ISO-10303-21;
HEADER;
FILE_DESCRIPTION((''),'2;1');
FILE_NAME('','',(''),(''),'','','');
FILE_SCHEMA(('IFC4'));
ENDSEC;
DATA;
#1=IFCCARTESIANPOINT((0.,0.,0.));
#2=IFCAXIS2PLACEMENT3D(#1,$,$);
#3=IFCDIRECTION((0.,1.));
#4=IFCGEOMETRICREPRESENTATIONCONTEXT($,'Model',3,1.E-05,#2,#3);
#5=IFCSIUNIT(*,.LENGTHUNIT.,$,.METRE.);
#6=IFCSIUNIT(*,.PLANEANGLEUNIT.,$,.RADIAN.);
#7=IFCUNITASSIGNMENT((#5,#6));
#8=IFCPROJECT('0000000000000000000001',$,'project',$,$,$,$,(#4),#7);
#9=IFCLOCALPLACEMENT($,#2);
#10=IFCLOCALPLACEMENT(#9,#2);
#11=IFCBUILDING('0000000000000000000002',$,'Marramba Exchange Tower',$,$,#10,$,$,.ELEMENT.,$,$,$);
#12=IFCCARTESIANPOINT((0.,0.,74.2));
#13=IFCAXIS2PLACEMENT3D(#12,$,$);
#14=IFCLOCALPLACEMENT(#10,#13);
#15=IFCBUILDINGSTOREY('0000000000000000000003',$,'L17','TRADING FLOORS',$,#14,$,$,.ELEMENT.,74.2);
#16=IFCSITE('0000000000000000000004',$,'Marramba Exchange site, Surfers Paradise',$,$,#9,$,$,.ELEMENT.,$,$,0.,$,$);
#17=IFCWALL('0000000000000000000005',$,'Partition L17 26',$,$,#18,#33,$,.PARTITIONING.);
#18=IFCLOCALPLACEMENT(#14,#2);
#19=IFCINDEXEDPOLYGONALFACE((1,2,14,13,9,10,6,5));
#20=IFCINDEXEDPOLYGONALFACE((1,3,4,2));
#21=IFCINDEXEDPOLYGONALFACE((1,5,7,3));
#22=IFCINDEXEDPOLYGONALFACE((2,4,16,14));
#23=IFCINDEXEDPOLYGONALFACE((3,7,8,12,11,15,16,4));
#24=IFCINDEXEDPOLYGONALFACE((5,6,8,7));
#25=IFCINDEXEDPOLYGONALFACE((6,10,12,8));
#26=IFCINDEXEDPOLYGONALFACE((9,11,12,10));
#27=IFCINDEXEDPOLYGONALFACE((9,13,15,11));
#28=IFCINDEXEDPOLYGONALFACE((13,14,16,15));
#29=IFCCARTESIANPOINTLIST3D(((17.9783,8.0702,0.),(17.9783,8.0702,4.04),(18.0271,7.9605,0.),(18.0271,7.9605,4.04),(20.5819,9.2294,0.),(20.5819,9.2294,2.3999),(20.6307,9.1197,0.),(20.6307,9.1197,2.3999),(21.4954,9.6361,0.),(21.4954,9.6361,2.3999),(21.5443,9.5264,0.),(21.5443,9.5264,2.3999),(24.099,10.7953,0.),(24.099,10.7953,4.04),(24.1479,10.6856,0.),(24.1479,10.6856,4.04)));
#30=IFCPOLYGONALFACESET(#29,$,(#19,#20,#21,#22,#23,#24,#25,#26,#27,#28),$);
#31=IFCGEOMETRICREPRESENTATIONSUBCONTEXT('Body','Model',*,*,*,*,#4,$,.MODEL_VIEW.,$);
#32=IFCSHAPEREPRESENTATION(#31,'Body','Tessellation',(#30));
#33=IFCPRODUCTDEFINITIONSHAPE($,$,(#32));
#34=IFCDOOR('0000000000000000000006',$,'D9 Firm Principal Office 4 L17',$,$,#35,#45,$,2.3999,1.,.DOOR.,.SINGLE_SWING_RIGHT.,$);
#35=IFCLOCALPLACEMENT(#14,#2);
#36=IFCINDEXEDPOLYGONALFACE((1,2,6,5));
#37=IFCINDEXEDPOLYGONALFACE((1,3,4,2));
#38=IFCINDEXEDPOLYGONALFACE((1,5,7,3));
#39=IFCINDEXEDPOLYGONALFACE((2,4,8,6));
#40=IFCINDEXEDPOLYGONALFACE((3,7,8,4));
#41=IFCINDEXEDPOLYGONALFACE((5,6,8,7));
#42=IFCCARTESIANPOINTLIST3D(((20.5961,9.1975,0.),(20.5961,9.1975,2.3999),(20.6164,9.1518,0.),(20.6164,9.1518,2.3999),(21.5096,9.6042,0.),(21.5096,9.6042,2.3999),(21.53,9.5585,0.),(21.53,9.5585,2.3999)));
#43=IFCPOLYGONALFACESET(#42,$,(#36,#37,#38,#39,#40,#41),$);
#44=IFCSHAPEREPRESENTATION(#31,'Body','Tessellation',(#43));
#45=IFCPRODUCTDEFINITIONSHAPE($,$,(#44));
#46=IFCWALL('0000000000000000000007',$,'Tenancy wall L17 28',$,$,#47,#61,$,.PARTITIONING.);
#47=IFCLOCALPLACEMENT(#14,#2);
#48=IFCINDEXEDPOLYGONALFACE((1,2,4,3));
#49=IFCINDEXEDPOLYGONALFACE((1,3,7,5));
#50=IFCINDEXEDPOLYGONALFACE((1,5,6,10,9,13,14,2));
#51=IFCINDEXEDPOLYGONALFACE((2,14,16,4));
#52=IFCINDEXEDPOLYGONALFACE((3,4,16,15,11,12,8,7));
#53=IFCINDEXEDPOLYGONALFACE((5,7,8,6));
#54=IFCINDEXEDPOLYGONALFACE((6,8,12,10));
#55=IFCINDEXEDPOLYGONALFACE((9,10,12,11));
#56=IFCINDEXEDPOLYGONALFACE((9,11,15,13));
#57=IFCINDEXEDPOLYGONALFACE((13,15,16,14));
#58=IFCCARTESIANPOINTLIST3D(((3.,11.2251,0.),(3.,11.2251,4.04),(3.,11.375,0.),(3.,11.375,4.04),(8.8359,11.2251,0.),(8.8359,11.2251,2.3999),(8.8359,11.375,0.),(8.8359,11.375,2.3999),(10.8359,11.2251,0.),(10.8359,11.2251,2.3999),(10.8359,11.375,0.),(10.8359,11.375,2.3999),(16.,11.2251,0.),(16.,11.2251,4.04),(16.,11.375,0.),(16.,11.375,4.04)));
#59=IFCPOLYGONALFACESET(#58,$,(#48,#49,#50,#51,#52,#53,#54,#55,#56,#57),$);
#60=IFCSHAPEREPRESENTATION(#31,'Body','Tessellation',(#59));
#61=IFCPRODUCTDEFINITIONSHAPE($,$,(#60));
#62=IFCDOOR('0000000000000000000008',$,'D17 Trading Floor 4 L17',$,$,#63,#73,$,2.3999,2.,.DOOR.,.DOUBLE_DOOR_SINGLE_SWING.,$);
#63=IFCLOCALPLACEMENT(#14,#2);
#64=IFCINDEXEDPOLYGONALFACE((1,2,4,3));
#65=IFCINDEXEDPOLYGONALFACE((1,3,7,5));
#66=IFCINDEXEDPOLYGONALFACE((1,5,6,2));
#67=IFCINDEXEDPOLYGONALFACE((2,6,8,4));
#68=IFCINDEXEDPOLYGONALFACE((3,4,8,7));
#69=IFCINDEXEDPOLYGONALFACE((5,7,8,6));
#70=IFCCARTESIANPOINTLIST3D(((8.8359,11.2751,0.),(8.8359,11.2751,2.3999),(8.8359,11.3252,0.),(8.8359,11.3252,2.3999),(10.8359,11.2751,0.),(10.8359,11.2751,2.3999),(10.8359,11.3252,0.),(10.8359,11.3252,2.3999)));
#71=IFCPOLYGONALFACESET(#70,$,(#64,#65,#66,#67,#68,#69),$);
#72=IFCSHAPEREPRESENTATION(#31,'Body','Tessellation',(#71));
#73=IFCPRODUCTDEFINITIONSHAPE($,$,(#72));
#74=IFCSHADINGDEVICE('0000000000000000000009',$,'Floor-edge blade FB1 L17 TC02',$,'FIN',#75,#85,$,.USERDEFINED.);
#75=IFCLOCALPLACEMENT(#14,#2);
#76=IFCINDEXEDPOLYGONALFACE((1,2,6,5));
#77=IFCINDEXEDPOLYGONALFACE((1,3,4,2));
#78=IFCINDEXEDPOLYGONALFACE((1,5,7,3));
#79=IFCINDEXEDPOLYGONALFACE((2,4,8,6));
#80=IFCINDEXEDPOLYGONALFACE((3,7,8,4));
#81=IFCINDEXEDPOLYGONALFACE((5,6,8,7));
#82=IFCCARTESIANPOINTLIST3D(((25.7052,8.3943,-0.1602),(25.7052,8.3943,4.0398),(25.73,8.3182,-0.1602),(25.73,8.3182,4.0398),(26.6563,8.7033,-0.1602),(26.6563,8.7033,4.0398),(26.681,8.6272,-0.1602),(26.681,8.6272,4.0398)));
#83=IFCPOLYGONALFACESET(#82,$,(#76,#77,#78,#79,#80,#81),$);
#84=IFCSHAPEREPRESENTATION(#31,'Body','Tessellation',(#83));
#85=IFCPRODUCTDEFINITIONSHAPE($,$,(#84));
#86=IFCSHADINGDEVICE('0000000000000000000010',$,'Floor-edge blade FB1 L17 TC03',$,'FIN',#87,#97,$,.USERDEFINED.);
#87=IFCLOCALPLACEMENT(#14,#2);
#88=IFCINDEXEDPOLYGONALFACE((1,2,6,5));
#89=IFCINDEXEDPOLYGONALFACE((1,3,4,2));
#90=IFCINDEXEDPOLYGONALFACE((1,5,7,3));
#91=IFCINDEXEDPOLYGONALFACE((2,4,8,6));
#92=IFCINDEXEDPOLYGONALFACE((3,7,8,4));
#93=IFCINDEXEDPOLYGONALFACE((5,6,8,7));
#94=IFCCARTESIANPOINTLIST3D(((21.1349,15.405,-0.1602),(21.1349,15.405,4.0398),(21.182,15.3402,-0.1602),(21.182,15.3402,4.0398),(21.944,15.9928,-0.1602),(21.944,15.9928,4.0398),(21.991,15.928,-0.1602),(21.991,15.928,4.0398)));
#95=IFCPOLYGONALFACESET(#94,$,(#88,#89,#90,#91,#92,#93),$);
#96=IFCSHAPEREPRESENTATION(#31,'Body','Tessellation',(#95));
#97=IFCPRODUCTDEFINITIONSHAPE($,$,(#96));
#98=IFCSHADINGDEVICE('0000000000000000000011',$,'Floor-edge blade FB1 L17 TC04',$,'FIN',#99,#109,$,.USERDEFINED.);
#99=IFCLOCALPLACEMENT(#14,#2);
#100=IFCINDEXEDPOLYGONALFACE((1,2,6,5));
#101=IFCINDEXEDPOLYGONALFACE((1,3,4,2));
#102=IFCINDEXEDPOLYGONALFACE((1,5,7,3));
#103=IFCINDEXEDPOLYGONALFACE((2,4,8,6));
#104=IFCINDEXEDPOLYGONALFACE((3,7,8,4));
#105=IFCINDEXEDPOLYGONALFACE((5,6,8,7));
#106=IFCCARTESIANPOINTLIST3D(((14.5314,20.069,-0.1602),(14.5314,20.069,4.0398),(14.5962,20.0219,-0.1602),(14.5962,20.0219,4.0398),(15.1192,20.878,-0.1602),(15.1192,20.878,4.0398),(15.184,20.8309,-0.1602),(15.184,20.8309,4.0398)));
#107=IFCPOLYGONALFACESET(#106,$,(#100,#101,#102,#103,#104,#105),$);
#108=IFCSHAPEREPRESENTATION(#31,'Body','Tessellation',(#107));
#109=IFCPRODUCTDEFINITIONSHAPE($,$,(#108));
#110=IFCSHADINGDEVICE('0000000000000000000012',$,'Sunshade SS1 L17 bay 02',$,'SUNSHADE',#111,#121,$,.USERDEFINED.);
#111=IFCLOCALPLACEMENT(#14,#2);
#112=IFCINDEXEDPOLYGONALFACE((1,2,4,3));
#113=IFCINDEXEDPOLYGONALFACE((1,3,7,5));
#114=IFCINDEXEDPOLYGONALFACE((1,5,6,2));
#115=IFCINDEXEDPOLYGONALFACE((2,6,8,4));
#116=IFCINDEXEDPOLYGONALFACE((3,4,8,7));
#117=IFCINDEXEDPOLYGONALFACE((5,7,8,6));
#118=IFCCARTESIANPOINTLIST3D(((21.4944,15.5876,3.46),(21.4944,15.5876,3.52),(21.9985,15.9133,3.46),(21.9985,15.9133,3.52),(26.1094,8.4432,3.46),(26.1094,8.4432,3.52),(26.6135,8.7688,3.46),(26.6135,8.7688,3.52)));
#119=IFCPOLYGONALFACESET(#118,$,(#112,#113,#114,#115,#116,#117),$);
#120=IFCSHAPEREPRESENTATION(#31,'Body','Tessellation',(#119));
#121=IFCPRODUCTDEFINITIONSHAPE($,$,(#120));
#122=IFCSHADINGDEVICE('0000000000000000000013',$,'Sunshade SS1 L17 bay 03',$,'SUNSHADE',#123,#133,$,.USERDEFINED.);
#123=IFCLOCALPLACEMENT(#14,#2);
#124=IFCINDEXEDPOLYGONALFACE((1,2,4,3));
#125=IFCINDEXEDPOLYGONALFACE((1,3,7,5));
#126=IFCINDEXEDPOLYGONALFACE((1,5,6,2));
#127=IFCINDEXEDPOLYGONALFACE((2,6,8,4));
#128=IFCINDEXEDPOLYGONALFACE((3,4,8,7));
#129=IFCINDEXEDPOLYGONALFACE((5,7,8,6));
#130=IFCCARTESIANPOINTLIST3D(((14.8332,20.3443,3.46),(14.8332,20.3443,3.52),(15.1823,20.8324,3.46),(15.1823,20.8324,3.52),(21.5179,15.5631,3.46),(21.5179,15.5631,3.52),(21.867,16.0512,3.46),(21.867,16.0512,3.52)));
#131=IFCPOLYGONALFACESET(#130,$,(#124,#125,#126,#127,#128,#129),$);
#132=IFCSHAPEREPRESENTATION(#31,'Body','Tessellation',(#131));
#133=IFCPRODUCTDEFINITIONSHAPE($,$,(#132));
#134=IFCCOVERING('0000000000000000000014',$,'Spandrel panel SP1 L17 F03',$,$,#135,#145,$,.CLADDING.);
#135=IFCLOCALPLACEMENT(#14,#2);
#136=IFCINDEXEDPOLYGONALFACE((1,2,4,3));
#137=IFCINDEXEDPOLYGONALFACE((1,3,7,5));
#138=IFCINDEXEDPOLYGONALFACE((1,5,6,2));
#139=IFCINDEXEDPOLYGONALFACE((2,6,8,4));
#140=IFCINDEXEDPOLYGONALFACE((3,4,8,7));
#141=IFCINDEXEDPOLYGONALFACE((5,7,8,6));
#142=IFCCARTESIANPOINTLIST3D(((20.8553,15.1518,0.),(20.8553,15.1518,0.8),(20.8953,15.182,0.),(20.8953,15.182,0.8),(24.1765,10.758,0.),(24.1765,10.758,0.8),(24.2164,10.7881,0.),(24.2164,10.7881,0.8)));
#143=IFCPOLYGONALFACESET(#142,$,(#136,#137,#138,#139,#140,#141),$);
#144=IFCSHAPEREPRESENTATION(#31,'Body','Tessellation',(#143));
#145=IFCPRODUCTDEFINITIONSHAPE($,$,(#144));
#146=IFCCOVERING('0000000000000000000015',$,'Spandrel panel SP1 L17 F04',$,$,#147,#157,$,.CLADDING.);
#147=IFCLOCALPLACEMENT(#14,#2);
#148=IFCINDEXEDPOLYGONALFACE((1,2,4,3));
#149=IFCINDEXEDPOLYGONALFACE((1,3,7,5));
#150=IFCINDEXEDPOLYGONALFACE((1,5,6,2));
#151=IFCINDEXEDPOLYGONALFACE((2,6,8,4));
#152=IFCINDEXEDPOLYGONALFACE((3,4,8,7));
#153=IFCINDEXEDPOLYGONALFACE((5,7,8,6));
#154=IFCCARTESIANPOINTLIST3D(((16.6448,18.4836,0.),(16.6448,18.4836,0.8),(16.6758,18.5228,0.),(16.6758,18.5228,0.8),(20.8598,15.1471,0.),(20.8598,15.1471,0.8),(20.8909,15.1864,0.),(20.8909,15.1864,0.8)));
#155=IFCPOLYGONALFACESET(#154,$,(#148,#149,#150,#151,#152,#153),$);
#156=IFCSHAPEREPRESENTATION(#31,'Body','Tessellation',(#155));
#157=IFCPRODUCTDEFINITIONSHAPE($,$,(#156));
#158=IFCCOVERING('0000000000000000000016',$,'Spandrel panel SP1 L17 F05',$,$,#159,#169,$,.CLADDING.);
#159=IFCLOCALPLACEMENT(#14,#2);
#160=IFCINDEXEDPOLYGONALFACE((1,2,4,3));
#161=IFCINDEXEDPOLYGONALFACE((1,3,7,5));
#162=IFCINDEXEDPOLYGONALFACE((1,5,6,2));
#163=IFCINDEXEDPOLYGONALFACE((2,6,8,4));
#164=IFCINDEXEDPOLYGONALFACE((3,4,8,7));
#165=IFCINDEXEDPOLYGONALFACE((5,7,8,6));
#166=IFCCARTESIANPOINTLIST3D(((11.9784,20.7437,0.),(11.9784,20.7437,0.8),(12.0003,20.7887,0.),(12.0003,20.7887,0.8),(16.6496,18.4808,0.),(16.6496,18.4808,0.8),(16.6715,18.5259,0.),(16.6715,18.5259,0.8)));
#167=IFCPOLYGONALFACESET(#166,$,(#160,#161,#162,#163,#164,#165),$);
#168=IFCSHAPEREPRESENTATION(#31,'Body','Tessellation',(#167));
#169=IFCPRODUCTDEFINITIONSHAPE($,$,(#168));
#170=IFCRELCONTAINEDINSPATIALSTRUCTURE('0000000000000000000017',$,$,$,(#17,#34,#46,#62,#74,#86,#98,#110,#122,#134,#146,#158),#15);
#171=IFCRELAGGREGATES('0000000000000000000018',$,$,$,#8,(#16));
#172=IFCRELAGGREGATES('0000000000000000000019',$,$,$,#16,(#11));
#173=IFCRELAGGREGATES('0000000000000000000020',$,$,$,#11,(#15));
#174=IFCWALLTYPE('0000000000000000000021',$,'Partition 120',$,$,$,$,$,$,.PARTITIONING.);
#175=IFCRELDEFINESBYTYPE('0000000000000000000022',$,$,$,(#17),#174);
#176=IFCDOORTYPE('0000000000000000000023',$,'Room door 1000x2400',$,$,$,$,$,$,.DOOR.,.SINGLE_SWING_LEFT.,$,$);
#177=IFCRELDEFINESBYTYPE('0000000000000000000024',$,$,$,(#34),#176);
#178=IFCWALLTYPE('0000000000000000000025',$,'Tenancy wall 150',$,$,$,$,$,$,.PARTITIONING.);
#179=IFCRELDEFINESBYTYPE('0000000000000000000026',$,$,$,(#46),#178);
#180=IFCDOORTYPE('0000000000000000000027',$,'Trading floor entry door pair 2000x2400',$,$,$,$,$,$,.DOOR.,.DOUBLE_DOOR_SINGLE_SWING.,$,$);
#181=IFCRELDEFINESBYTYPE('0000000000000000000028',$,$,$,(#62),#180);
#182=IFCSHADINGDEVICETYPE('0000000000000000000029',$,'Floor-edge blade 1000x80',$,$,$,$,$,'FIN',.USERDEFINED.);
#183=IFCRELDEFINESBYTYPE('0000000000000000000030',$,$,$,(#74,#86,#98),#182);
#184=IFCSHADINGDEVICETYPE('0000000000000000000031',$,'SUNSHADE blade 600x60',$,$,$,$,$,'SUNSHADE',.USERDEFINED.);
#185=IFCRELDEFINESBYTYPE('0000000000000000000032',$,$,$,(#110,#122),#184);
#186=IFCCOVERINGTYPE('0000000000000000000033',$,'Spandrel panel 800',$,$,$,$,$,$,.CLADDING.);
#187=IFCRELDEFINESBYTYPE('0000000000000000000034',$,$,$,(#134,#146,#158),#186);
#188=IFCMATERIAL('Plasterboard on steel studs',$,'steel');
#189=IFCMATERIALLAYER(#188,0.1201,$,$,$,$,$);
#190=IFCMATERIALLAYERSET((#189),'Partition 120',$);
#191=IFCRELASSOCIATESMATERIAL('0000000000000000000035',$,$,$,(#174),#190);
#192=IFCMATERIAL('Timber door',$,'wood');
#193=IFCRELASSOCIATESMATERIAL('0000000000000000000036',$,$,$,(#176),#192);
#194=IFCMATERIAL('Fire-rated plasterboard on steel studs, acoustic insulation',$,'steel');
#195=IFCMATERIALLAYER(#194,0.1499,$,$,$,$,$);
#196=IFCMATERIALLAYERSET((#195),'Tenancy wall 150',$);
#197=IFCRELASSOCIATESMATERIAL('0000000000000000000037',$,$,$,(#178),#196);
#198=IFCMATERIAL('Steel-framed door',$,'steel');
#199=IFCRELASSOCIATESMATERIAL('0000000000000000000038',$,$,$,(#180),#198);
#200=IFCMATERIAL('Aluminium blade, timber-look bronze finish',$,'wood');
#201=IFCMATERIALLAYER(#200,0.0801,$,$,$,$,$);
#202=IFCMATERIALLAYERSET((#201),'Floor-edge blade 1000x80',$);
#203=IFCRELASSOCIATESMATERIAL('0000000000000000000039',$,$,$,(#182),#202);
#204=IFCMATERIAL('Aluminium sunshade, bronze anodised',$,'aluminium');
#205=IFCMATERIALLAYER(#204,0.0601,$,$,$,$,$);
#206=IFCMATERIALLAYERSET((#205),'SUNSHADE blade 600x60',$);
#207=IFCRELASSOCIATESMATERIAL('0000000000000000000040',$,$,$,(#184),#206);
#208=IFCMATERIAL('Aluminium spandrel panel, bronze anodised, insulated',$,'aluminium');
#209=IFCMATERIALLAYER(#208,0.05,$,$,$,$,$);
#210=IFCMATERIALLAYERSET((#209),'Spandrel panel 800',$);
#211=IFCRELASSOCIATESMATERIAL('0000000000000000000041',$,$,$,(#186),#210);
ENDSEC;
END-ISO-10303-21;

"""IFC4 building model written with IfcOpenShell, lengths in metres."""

from ifc_helpers import new_model, si_unit, direction, frame, frame_2d, origin, origin_2d, place, context, subcontext, project, spatial, rectangle, extrude, material, layer, layer_set, type_object, element, fill, save


model = new_model("IFC4")

# Units and contexts
model_context = context("Model", 3, precision=1e-05, world=origin(), true_north=direction((0.0, 1.0)))
body_context = subcontext(model_context, "Body", "Model", "MODEL_VIEW")
ifc_project = project(units=[si_unit("LENGTHUNIT", "METRE"), si_unit("PLANEANGLEUNIT", "RADIAN")], contexts=[model_context])

# Site, building, storey
site_placement = place(None, origin())
site = spatial("IfcSite", under=ifc_project, at=site_placement, Name="Marramba Exchange site, Surfers Paradise", CompositionType="ELEMENT", RefElevation=0.0)
building_placement = place(site_placement, origin())
building = spatial("IfcBuilding", under=site, at=building_placement, Name="Marramba Exchange Tower", CompositionType="ELEMENT")
storey_placement = place(building_placement, frame((0.0, 0.0, 74.2)))
storey = spatial("IfcBuildingStorey", under=building, at=storey_placement, Name="L17", Description="TRADING FLOORS", CompositionType="ELEMENT", Elevation=74.2)

# Walls, openings, doors
ifc_material_1 = material(Name="Plasterboard on steel studs", Category="steel")
ifc_layer_1 = layer(ifc_material_1, 0.1201)
ifc_layer_set_1 = layer_set([ifc_layer_1], Name="Partition 120")
wall_type_1 = type_object("IfcWallType", Name="Partition 120", PredefinedType="PARTITIONING", material=ifc_layer_set_1)
wall_1_placement = place(storey_placement, frame((24.1235, 10.7405, 0.0), z_axis=(0.0, 0.0, 1.0), x_axis=(-0.91355, -0.406727, 0.0)))
wall_1 = element("IfcWall", 1, at=wall_1_placement, inside=storey, type_object=wall_type_1, Name="Partition L17 26", PredefinedType="PARTITIONING", context=body_context, shape_type="SweptSolid", body=[
    extrude(rectangle(XDim=6.7, YDim=0.1201, at=frame_2d((3.3501, 0.0))), origin(), (0.0, 0.0, 1.0), 4.04),
])
opening_1_placement = place(wall_1_placement, frame((2.8501, 0.0, 0.0)))
opening_1 = element("IfcOpeningElement", 2, at=opening_1_placement, cuts=wall_1, PredefinedType="OPENING", context=body_context, shape_type="SweptSolid", body=[
    extrude(rectangle(XDim=1.0, YDim=2.3999, at=frame_2d((0.5, 1.2))), frame((0.0, 0.0701, 0.0), z_axis=(0.0, -1.0, 0.0), x_axis=(1.0, 0.0, 0.0)), (0.0, 0.0, 1.0), 0.1401),
])
ifc_material_2 = material(Name="Timber door", Category="wood")
door_type_1 = type_object("IfcDoorType", Name="Room door 1000x2400", OperationType="SINGLE_SWING_LEFT", PredefinedType="DOOR", material=ifc_material_2)
door_1_placement = place(opening_1_placement, origin())
door_1 = element("IfcDoor", 3, at=door_1_placement, inside=storey, type_object=door_type_1, Name="D9 Firm Principal Office 4 L17", OperationType="SINGLE_SWING_RIGHT", OverallHeight=2.3999, OverallWidth=1.0, PredefinedType="DOOR", context=body_context, shape_type="SweptSolid", body=[
    extrude(rectangle(XDim=1.0, YDim=2.3999, at=frame_2d((0.5, 1.2))), frame((0.0, 0.0249, 0.0), z_axis=(0.0, -1.0, 0.0), x_axis=(1.0, 0.0, 0.0)), (0.0, 0.0, 1.0), 0.05),
])
fill(opening_1, door_1)
ifc_material_3 = material(Name="Fire-rated plasterboard on steel studs, acoustic insulation", Category="steel")
ifc_layer_2 = layer(ifc_material_3, 0.1499)
ifc_layer_set_2 = layer_set([ifc_layer_2], Name="Tenancy wall 150")
wall_type_2 = type_object("IfcWallType", Name="Tenancy wall 150", PredefinedType="PARTITIONING", material=ifc_layer_set_2)
wall_2_placement = place(storey_placement, frame((16.0, 11.3, 0.0), z_axis=(0.0, 0.0, 1.0), x_axis=(-1.0, 0.0, 0.0)))
wall_2 = element("IfcWall", 4, at=wall_2_placement, inside=storey, type_object=wall_type_2, Name="Tenancy wall L17 28", PredefinedType="PARTITIONING", context=body_context, shape_type="SweptSolid", body=[
    extrude(rectangle(XDim=13.0, YDim=0.1499, at=frame_2d((6.5, 0.0))), origin(), (0.0, 0.0, 1.0), 4.04),
])
opening_2_placement = place(wall_2_placement, frame((5.1641, 0.0, 0.0)))
opening_2 = element("IfcOpeningElement", 5, at=opening_2_placement, cuts=wall_2, PredefinedType="OPENING", context=body_context, shape_type="SweptSolid", body=[
    extrude(rectangle(XDim=2.0, YDim=2.3999, at=frame_2d((1.0, 1.2))), frame((0.0, 0.085, 0.0), z_axis=(0.0, -1.0, 0.0), x_axis=(1.0, 0.0, 0.0)), (0.0, 0.0, 1.0), 0.1699),
])
ifc_material_4 = material(Name="Steel-framed door", Category="steel")
door_type_2 = type_object("IfcDoorType", Name="Trading floor entry door pair 2000x2400", OperationType="DOUBLE_DOOR_SINGLE_SWING", PredefinedType="DOOR", material=ifc_material_4)
door_2_placement = place(opening_2_placement, origin())
door_2 = element("IfcDoor", 6, at=door_2_placement, inside=storey, type_object=door_type_2, Name="D17 Trading Floor 4 L17", OperationType="DOUBLE_DOOR_SINGLE_SWING", OverallHeight=2.3999, OverallWidth=2.0, PredefinedType="DOOR", context=body_context, shape_type="SweptSolid", body=[
    extrude(rectangle(XDim=2.0, YDim=2.3999, at=frame_2d((1.0, 1.2))), frame((0.0, 0.0249, 0.0), z_axis=(0.0, -1.0, 0.0), x_axis=(1.0, 0.0, 0.0)), (0.0, 0.0, 1.0), 0.05),
])
fill(opening_2, door_2)

# Shading devices
ifc_material_5 = material(Name="Aluminium blade, timber-look bronze finish", Category="wood")
ifc_layer_3 = layer(ifc_material_5, 0.0801)
ifc_layer_set_3 = layer_set([ifc_layer_3], Name="Floor-edge blade 1000x80")
shading_device_type_1 = type_object("IfcShadingDeviceType", Name="Floor-edge blade 1000x80", ElementType="FIN", PredefinedType="USERDEFINED", material=ifc_layer_set_3)
for number, where, z_axis, x_axis, name in (
    (7, (26.1931, 8.5107, -0.1602), (0.0, 0.0, 1.0), (0.951057, 0.309017, 0.0), "Floor-edge blade FB1 L17 TC02"),
    (8, (21.563, 15.6665, -0.1602), (0.0, 0.0, 1.0), (0.809017, 0.587785, 0.0), "Floor-edge blade FB1 L17 TC03"),
    (9, (14.8577, 20.45, -0.1602), (0.0, 0.0, 1.0), (0.587785, 0.809017, 0.0), "Floor-edge blade FB1 L17 TC04"),
):
    element("IfcShadingDevice", number, at=place(storey_placement, frame(where, z_axis=z_axis, x_axis=x_axis)), inside=storey, type_object=shading_device_type_1, Name=name, ObjectType="FIN", PredefinedType="USERDEFINED", context=body_context, shape_type="SweptSolid", body=[
        extrude(rectangle(XDim=1.0, YDim=0.0801, at=origin_2d()), origin(), (0.0, 0.0, 1.0), 4.2),
    ])
ifc_material_6 = material(Name="Aluminium sunshade, bronze anodised", Category="aluminium")
ifc_layer_4 = layer(ifc_material_6, 0.0601)
ifc_layer_set_4 = layer_set([ifc_layer_4], Name="SUNSHADE blade 600x60")
shading_device_type_2 = type_object("IfcShadingDeviceType", Name="SUNSHADE blade 600x60", ElementType="SUNSHADE", PredefinedType="USERDEFINED", material=ifc_layer_set_4)
shading_device_1_placement = place(storey_placement, frame((24.054, 12.1782, 3.46), z_axis=(0.0, 0.0, 1.0), x_axis=(-0.542597, 0.839993, 0.0)))
element("IfcShadingDevice", 10, at=shading_device_1_placement, inside=storey, type_object=shading_device_type_2, Name="Sunshade SS1 L17 bay 02", ObjectType="SUNSHADE", PredefinedType="USERDEFINED", context=body_context, shape_type="SweptSolid", body=[
    extrude(rectangle(XDim=8.5054, YDim=0.6001, at=origin_2d()), origin(), (0.0, 0.0, 1.0), 0.0601),
])
shading_device_2_placement = place(storey_placement, frame((18.3501, 18.1978, 3.46), z_axis=(0.0, 0.0, 1.0), x_axis=(-0.813363, 0.581757, 0.0)))
element("IfcShadingDevice", 11, at=shading_device_2_placement, inside=storey, type_object=shading_device_type_2, Name="Sunshade SS1 L17 bay 03", ObjectType="SUNSHADE", PredefinedType="USERDEFINED", context=body_context, shape_type="SweptSolid", body=[
    extrude(rectangle(XDim=8.2185, YDim=0.6001, at=origin_2d()), origin(), (0.0, 0.0, 1.0), 0.0601),
])

# Coverings
ifc_material_7 = material(Name="Aluminium spandrel panel, bronze anodised, insulated", Category="aluminium")
ifc_layer_5 = layer(ifc_material_7, 0.05)
ifc_layer_set_5 = layer_set([ifc_layer_5], Name="Spandrel panel 800")
covering_type = type_object("IfcCoveringType", Name="Spandrel panel 800", PredefinedType="CLADDING", material=ifc_layer_set_5)
covering_1_placement = place(storey_placement, frame((22.5359, 12.97, 0.0), z_axis=(0.0, 0.0, 1.0), x_axis=(-0.60299, 0.797749, 0.0)))
element("IfcCovering", 12, at=covering_1_placement, inside=storey, type_object=covering_type, Name="Spandrel panel SP1 L17 F03", PredefinedType="CLADDING", context=body_context, shape_type="SweptSolid", body=[
    extrude(rectangle(XDim=5.5078, YDim=0.05, at=origin_2d()), origin(), (0.0, 0.0, 1.0), 0.8),
])
covering_2_placement = place(storey_placement, frame((18.7678, 16.835, 0.0), z_axis=(0.0, 0.0, 1.0), x_axis=(-0.784088, 0.62065, 0.0)))
element("IfcCovering", 13, at=covering_2_placement, inside=storey, type_object=covering_type, Name="Spandrel panel SP1 L17 F04", PredefinedType="CLADDING", context=body_context, shape_type="SweptSolid", body=[
    extrude(rectangle(XDim=5.3757, YDim=0.05, at=origin_2d()), origin(), (0.0, 0.0, 1.0), 0.8),
])
covering_3_placement = place(storey_placement, frame((14.325, 19.6348, 0.0), z_axis=(0.0, 0.0, 1.0), x_axis=(-0.899963, 0.435965, 0.0)))
element("IfcCovering", 14, at=covering_3_placement, inside=storey, type_object=covering_type, Name="Spandrel panel SP1 L17 F05", PredefinedType="CLADDING", context=body_context, shape_type="SweptSolid", body=[
    extrude(rectangle(XDim=5.1904, YDim=0.05, at=origin_2d()), origin(), (0.0, 0.0, 1.0), 0.8),
])

save(model, "model.ifc")
